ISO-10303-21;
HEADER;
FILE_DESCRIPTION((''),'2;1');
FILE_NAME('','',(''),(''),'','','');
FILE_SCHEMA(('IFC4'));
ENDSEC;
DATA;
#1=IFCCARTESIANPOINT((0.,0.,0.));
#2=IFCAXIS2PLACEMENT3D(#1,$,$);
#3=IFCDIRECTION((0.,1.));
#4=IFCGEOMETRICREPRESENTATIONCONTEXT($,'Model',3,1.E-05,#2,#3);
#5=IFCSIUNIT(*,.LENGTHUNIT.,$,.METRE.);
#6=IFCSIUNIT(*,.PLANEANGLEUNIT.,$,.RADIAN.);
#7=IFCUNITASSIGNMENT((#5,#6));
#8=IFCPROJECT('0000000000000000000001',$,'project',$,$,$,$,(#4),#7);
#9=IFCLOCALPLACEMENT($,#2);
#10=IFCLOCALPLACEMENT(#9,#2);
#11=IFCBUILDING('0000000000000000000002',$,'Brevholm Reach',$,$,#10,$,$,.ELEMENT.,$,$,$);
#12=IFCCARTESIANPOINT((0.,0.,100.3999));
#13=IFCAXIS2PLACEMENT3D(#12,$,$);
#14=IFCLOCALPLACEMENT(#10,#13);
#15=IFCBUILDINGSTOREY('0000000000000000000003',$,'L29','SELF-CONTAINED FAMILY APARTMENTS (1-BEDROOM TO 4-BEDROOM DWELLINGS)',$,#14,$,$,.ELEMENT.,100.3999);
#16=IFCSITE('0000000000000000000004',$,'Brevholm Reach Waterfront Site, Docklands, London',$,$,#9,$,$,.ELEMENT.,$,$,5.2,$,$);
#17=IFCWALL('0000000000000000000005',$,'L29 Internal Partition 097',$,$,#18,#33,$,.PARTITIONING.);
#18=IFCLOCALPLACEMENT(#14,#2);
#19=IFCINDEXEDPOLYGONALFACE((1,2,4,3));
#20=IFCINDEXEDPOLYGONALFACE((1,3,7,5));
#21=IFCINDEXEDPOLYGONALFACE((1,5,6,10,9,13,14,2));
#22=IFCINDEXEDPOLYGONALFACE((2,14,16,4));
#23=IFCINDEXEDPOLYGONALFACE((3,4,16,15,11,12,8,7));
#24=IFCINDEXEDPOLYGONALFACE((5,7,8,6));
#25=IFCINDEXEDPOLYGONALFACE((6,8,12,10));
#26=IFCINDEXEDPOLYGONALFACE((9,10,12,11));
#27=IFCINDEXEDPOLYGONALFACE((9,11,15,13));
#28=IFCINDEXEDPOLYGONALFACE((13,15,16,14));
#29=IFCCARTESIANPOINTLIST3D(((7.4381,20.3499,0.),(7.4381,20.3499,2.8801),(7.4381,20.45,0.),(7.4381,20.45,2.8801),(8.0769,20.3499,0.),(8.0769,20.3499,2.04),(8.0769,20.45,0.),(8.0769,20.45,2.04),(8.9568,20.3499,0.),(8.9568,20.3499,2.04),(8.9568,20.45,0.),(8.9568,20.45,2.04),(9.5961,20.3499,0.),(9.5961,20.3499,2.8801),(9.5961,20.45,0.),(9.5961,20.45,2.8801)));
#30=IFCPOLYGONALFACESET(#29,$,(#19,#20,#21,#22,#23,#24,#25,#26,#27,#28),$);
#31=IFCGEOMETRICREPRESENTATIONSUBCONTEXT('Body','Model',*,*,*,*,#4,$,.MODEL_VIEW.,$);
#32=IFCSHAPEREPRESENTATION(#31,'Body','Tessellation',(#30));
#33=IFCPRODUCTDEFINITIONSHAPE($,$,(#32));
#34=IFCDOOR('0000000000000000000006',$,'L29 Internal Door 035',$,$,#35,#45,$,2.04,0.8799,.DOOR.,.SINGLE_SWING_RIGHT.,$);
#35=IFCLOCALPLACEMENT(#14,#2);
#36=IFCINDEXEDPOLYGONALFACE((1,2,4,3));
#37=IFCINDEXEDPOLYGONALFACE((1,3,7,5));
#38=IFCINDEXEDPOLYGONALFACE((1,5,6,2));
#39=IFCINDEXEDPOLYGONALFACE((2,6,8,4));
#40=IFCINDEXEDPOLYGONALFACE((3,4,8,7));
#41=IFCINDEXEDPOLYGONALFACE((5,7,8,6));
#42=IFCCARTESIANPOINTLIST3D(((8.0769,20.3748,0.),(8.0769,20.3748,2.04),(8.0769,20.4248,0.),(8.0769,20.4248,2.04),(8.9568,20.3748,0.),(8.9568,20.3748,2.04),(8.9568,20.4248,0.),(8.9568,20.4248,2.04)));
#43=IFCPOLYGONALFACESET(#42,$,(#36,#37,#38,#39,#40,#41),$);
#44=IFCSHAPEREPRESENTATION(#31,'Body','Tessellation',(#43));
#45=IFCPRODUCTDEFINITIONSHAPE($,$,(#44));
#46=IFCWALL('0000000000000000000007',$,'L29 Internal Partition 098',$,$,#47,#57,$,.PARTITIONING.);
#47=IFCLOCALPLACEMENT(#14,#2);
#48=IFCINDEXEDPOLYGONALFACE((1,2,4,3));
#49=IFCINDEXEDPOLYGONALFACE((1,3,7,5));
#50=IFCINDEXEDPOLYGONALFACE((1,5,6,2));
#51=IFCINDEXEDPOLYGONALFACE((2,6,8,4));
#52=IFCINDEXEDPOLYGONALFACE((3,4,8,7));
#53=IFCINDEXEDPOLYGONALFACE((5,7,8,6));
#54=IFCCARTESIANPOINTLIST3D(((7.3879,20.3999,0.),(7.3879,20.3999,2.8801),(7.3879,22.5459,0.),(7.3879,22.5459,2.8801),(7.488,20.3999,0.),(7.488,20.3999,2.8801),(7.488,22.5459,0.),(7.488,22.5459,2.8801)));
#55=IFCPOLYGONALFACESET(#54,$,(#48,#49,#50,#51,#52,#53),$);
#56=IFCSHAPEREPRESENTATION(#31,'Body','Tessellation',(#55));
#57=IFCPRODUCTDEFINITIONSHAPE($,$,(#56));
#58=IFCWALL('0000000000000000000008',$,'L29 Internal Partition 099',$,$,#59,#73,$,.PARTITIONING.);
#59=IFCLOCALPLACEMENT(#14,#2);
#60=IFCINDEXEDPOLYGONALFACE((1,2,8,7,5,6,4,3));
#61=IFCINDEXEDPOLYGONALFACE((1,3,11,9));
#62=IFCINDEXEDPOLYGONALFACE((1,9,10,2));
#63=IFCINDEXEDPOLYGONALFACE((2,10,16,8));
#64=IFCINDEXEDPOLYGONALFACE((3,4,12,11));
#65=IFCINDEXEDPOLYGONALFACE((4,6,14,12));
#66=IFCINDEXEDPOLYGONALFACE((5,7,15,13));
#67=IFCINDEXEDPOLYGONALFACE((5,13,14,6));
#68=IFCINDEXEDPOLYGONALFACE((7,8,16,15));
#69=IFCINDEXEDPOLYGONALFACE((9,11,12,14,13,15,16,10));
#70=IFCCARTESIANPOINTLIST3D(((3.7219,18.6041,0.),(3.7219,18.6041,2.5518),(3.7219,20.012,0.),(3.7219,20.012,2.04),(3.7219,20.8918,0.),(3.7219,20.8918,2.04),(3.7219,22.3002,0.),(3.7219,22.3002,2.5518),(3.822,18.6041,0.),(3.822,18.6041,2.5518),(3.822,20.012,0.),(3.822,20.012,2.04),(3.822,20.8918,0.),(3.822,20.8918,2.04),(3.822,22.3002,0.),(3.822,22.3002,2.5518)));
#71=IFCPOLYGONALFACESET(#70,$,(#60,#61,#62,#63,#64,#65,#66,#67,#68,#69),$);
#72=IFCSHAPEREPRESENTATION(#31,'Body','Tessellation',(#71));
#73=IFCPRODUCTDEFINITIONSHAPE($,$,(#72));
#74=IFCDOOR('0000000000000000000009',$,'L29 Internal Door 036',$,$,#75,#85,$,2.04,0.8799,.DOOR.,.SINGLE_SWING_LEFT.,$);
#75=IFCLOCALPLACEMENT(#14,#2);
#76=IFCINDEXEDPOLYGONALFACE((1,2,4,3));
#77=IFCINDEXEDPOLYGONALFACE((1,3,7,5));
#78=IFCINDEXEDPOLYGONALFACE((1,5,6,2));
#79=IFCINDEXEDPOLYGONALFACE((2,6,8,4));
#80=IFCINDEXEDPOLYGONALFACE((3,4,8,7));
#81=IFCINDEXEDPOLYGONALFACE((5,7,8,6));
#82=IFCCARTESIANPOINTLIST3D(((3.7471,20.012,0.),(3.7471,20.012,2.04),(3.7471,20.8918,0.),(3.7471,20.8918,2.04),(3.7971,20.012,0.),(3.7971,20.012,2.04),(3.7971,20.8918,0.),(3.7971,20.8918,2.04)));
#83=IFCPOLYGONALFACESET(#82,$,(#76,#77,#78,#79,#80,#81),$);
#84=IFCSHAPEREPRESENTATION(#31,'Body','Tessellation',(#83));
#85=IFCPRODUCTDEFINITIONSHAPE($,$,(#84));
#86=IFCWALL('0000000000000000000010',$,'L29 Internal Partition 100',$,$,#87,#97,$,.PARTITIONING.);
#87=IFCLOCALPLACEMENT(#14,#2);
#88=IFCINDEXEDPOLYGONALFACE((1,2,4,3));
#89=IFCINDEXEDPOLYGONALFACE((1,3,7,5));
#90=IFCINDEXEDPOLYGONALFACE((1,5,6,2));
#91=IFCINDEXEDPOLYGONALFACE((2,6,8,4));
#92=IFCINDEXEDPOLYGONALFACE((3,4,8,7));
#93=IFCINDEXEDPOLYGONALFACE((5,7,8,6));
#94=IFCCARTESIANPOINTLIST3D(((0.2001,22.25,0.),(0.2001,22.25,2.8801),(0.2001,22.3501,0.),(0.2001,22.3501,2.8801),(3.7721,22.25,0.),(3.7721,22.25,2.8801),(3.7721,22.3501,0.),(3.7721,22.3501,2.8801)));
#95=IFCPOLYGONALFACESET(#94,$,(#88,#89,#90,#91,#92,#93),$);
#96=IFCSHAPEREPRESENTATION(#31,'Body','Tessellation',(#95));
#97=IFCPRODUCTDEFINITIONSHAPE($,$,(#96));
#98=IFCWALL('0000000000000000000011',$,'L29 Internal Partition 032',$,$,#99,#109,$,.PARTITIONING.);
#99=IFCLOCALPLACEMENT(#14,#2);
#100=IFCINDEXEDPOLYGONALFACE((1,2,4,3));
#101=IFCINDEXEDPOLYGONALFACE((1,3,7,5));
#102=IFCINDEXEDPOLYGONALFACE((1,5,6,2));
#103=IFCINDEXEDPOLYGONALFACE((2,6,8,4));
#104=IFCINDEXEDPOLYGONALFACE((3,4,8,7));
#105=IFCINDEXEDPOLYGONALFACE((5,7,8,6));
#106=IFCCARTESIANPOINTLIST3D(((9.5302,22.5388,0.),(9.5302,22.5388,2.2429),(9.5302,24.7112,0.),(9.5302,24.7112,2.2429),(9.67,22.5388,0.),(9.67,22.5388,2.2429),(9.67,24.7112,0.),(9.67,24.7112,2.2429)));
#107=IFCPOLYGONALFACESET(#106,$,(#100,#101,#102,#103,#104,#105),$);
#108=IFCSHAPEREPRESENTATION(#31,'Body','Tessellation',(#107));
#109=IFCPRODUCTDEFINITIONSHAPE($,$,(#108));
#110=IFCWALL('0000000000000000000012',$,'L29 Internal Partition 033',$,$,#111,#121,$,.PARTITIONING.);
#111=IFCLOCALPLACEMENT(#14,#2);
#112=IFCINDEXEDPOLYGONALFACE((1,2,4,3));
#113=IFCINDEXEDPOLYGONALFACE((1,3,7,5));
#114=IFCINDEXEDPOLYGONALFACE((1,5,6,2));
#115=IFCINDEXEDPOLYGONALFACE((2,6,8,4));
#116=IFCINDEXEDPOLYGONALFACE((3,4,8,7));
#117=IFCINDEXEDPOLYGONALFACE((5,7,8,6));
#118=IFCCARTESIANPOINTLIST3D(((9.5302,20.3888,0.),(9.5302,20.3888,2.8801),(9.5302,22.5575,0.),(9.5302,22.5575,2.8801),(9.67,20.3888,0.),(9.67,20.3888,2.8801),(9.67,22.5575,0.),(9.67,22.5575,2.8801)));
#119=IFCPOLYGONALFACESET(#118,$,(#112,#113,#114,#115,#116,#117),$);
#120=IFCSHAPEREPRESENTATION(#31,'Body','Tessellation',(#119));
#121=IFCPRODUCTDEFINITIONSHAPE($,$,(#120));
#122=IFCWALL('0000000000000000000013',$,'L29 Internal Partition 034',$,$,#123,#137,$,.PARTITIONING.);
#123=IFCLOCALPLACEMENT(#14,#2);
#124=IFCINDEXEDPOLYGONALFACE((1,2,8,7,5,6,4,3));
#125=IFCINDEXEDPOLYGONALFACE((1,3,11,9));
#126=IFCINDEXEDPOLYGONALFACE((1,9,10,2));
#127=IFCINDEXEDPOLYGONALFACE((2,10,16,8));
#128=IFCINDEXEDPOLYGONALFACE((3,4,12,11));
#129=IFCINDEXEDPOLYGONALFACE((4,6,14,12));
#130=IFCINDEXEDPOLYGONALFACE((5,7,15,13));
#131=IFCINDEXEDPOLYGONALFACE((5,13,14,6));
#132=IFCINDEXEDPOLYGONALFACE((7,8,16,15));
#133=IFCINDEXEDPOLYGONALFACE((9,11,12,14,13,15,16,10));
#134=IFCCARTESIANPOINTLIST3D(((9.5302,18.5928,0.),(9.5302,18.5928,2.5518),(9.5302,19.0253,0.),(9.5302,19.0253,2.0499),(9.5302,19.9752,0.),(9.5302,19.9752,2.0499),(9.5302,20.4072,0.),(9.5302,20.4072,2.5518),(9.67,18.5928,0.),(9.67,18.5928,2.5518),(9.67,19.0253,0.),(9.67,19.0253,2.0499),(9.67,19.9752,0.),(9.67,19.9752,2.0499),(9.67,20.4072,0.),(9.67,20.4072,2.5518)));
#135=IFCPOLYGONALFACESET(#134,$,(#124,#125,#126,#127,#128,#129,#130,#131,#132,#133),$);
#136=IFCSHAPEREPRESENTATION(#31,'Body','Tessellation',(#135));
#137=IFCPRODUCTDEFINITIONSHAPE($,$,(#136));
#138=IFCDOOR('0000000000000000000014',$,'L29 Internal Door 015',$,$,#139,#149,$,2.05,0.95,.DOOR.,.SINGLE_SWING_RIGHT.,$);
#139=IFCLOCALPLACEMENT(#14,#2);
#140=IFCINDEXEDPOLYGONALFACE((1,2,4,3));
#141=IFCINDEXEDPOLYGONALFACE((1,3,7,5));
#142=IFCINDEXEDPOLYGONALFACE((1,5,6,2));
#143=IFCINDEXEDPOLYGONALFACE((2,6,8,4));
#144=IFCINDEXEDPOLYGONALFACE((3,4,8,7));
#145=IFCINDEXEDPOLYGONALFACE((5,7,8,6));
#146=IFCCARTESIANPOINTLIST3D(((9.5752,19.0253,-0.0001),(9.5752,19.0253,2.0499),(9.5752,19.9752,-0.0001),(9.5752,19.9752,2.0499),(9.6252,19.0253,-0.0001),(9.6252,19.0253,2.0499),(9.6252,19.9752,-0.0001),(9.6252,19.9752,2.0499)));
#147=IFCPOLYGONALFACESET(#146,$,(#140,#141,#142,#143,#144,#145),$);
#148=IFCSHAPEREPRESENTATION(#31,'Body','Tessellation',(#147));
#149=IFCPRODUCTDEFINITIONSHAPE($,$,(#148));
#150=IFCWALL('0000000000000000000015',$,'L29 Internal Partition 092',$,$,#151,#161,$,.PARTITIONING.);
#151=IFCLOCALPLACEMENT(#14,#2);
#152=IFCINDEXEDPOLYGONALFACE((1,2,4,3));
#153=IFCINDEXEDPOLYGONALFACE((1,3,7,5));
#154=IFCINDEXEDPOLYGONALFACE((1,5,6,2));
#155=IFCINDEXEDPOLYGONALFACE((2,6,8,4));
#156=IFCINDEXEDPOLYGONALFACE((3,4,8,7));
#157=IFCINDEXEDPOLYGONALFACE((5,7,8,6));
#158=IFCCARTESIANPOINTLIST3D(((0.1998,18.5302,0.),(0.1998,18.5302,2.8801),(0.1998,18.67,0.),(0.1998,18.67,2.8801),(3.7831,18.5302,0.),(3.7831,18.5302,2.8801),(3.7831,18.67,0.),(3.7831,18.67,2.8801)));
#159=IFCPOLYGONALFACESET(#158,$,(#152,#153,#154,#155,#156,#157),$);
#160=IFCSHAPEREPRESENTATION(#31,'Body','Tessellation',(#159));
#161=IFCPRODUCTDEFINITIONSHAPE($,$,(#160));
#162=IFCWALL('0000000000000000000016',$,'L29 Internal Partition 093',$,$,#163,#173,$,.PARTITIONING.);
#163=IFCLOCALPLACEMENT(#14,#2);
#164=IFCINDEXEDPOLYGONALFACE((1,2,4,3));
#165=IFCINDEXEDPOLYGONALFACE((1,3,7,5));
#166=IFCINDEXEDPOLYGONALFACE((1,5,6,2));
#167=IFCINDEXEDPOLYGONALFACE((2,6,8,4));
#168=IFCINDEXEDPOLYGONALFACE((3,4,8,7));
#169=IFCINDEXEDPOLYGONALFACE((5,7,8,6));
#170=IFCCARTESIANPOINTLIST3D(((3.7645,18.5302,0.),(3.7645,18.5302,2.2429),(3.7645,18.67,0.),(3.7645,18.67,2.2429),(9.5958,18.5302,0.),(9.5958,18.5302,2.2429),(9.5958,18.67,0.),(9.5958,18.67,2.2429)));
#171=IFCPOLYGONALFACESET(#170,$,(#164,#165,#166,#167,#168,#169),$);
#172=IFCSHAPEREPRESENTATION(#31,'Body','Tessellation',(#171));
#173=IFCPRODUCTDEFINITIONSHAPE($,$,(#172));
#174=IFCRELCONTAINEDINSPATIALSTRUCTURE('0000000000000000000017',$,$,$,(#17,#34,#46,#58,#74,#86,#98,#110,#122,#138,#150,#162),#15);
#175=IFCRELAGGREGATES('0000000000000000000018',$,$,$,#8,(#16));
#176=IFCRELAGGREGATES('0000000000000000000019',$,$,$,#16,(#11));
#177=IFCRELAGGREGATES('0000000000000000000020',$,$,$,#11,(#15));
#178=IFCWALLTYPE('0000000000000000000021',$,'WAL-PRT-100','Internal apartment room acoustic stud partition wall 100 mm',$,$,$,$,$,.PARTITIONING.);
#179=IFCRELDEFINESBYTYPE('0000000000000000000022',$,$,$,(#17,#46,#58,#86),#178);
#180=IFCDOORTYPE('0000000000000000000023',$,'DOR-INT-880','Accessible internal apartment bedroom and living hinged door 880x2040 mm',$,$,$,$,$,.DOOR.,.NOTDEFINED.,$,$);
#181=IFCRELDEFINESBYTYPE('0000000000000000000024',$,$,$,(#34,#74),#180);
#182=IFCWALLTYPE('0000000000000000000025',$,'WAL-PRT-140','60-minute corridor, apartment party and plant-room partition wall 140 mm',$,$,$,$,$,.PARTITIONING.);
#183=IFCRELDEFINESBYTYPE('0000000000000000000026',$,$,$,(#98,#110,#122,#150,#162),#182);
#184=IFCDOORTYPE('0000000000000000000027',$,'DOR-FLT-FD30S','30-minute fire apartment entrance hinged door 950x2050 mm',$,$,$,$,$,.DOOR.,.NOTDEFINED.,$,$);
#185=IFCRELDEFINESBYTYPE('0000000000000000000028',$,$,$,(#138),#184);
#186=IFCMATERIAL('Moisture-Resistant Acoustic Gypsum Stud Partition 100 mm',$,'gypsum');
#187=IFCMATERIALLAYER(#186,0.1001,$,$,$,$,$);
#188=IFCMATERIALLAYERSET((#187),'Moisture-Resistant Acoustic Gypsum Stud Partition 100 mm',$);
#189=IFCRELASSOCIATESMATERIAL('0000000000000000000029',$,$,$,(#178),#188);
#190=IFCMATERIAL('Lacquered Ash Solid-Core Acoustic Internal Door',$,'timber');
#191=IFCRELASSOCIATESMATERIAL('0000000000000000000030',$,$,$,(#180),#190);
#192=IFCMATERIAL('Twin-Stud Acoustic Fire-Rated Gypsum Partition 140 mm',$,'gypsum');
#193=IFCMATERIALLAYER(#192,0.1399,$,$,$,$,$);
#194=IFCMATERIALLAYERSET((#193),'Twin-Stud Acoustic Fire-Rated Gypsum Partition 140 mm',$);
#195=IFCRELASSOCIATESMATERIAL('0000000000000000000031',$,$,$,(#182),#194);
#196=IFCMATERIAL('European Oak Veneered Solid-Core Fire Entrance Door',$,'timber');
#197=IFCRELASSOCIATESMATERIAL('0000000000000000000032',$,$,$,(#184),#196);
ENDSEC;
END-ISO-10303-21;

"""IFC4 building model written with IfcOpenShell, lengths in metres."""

from ifc_helpers import new_model, si_unit, direction, frame, frame_2d, origin, place, context, subcontext, project, spatial, rectangle, extrude, material, layer, layer_set, type_object, element, fill, save


model = new_model("IFC4")

# Units and contexts
model_context = context("Model", 3, precision=1e-05, world=origin(), true_north=direction((0.0, 1.0)))
body_context = subcontext(model_context, "Body", "Model", "MODEL_VIEW")
ifc_project = project(units=[si_unit("LENGTHUNIT", "METRE"), si_unit("PLANEANGLEUNIT", "RADIAN")], contexts=[model_context])

# Site, building, storey
site_placement = place(None, origin())
site = spatial("IfcSite", under=ifc_project, at=site_placement, Name="Brevholm Reach Waterfront Site, Docklands, London", CompositionType="ELEMENT", RefElevation=5.2)
building_placement = place(site_placement, origin())
building = spatial("IfcBuilding", under=site, at=building_placement, Name="Brevholm Reach", CompositionType="ELEMENT")
storey_placement = place(building_placement, frame((0.0, 0.0, 100.3999)))
storey = spatial("IfcBuildingStorey", under=building, at=storey_placement, Name="L29", Description="SELF-CONTAINED FAMILY APARTMENTS (1-BEDROOM TO 4-BEDROOM DWELLINGS)", CompositionType="ELEMENT", Elevation=100.3999)

# Shared definitions
ifc_material_1 = material(Name="Moisture-Resistant Acoustic Gypsum Stud Partition 100 mm", Category="gypsum")
ifc_layer_1 = layer(ifc_material_1, 0.1001)
ifc_layer_set_1 = layer_set([ifc_layer_1], Name="Moisture-Resistant Acoustic Gypsum Stud Partition 100 mm")
wall_type_1 = type_object("IfcWallType", Name="WAL-PRT-100", Description="Internal apartment room acoustic stud partition wall 100 mm", PredefinedType="PARTITIONING", material=ifc_layer_set_1)

# Wall, opening, door
wall_1_placement = place(storey_placement, frame((7.438, 20.3999, 0.0), z_axis=(0.0, 0.0, 1.0), x_axis=(1.0, 0.0, 0.0)))
wall_1 = element("IfcWall", 1, at=wall_1_placement, inside=storey, type_object=wall_type_1, Name="L29 Internal Partition 097", PredefinedType="PARTITIONING", context=body_context, shape_type="SweptSolid", body=[
    extrude(rectangle(XDim=2.158, YDim=0.1001, at=frame_2d((1.0791, 0.0))), origin(), (0.0, 0.0, 1.0), 2.8801),
])
opening_1_placement = place(wall_1_placement, frame((0.6389, 0.0, 0.0)))
opening_1 = element("IfcOpeningElement", 2, at=opening_1_placement, cuts=wall_1, PredefinedType="OPENING", context=body_context, shape_type="SweptSolid", body=[
    extrude(rectangle(XDim=0.8799, YDim=2.04, at=frame_2d((0.4399, 1.02))), frame((0.0, 0.0601, 0.0), z_axis=(0.0, -1.0, 0.0), x_axis=(1.0, 0.0, 0.0)), (0.0, 0.0, 1.0), 0.1201),
])
ifc_material_2 = material(Name="Lacquered Ash Solid-Core Acoustic Internal Door", Category="timber")
door_type_1 = type_object("IfcDoorType", Name="DOR-INT-880", Description="Accessible internal apartment bedroom and living hinged door 880x2040 mm", OperationType="NOTDEFINED", PredefinedType="DOOR", material=ifc_material_2)
door_1_placement = place(opening_1_placement, origin())
door_1 = element("IfcDoor", 3, at=door_1_placement, inside=storey, type_object=door_type_1, Name="L29 Internal Door 035", OperationType="SINGLE_SWING_RIGHT", OverallHeight=2.04, OverallWidth=0.8799, PredefinedType="DOOR", context=body_context, shape_type="SweptSolid", body=[
    extrude(rectangle(XDim=0.8799, YDim=2.04, at=frame_2d((0.4399, 1.02))), frame((0.0, 0.0249, 0.0), z_axis=(0.0, -1.0, 0.0), x_axis=(1.0, 0.0, 0.0)), (0.0, 0.0, 1.0), 0.05),
])
fill(opening_1, door_1)

# Wall
wall_2_placement = place(storey_placement, frame((7.438, 20.3999, 0.0), z_axis=(0.0, 0.0, 1.0), x_axis=(0.0, 1.0, 0.0)))
element("IfcWall", 4, at=wall_2_placement, inside=storey, type_object=wall_type_1, Name="L29 Internal Partition 098", PredefinedType="PARTITIONING", context=body_context, shape_type="SweptSolid", body=[
    extrude(rectangle(XDim=2.146, YDim=0.1001, at=frame_2d((1.073, 0.0))), origin(), (0.0, 0.0, 1.0), 2.8801),
])

# Wall, opening, door
wall_3_placement = place(storey_placement, frame((3.772, 18.604, 0.0), z_axis=(0.0, 0.0, 1.0), x_axis=(0.0, 1.0, 0.0)))
wall_3 = element("IfcWall", 5, at=wall_3_placement, inside=storey, type_object=wall_type_1, Name="L29 Internal Partition 099", PredefinedType="PARTITIONING", context=body_context, shape_type="SweptSolid", body=[
    extrude(rectangle(XDim=3.696, YDim=0.1001, at=frame_2d((1.8481, 0.0))), origin(), (0.0, 0.0, 1.0), 2.5518),
])
opening_2_placement = place(wall_3_placement, frame((1.408, 0.0, 0.0)))
opening_2 = element("IfcOpeningElement", 6, at=opening_2_placement, cuts=wall_3, PredefinedType="OPENING", context=body_context, shape_type="SweptSolid", body=[
    extrude(rectangle(XDim=0.8799, YDim=2.04, at=frame_2d((0.4399, 1.02))), frame((0.0, 0.0601, 0.0), z_axis=(0.0, -1.0, 0.0), x_axis=(1.0, 0.0, 0.0)), (0.0, 0.0, 1.0), 0.1201),
])
door_2_placement = place(opening_2_placement, origin())
door_2 = element("IfcDoor", 7, at=door_2_placement, inside=storey, type_object=door_type_1, Name="L29 Internal Door 036", OperationType="SINGLE_SWING_LEFT", OverallHeight=2.04, OverallWidth=0.8799, PredefinedType="DOOR", context=body_context, shape_type="SweptSolid", body=[
    extrude(rectangle(XDim=0.8799, YDim=2.04, at=frame_2d((0.4399, 1.02))), frame((0.0, 0.0249, 0.0), z_axis=(0.0, -1.0, 0.0), x_axis=(1.0, 0.0, 0.0)), (0.0, 0.0, 1.0), 0.05),
])
fill(opening_2, door_2)

# Walls
wall_4_placement = place(storey_placement, frame((0.2, 22.3, 0.0), z_axis=(0.0, 0.0, 1.0), x_axis=(1.0, 0.0, 0.0)))
element("IfcWall", 8, at=wall_4_placement, inside=storey, type_object=wall_type_1, Name="L29 Internal Partition 100", PredefinedType="PARTITIONING", context=body_context, shape_type="SweptSolid", body=[
    extrude(rectangle(XDim=3.572, YDim=0.1001, at=frame_2d((1.7861, 0.0))), origin(), (0.0, 0.0, 1.0), 2.8801),
])
ifc_material_3 = material(Name="Twin-Stud Acoustic Fire-Rated Gypsum Partition 140 mm", Category="gypsum")
ifc_layer_2 = layer(ifc_material_3, 0.1399)
ifc_layer_set_2 = layer_set([ifc_layer_2], Name="Twin-Stud Acoustic Fire-Rated Gypsum Partition 140 mm")
wall_type_2 = type_object("IfcWallType", Name="WAL-PRT-140", Description="60-minute corridor, apartment party and plant-room partition wall 140 mm", PredefinedType="PARTITIONING", material=ifc_layer_set_2)
wall_5_placement = place(storey_placement, frame((9.6001, 22.5388, 0.0), z_axis=(0.0, 0.0, 1.0), x_axis=(0.0, 1.0, 0.0)))
element("IfcWall", 9, at=wall_5_placement, inside=storey, type_object=wall_type_2, Name="L29 Internal Partition 032", PredefinedType="PARTITIONING", context=body_context, shape_type="SweptSolid", body=[
    extrude(rectangle(XDim=2.1724, YDim=0.1399, at=frame_2d((1.0862, 0.0))), origin(), (0.0, 0.0, 1.0), 2.2429),
])
wall_6_placement = place(storey_placement, frame((9.6001, 20.3887, 0.0), z_axis=(0.0, 0.0, 1.0), x_axis=(0.0, 1.0, 0.0)))
element("IfcWall", 10, at=wall_6_placement, inside=storey, type_object=wall_type_2, Name="L29 Internal Partition 033", PredefinedType="PARTITIONING", context=body_context, shape_type="SweptSolid", body=[
    extrude(rectangle(XDim=2.1687, YDim=0.1399, at=frame_2d((1.0845, 0.0))), origin(), (0.0, 0.0, 1.0), 2.8801),
])

# Wall, opening, door
wall_7_placement = place(storey_placement, frame((9.6001, 18.5928, 0.0), z_axis=(0.0, 0.0, 1.0), x_axis=(0.0, 1.0, 0.0)))
wall_7 = element("IfcWall", 11, at=wall_7_placement, inside=storey, type_object=wall_type_2, Name="L29 Internal Partition 034", PredefinedType="PARTITIONING", context=body_context, shape_type="SweptSolid", body=[
    extrude(rectangle(XDim=1.8145, YDim=0.1399, at=frame_2d((0.9072, 0.0))), origin(), (0.0, 0.0, 1.0), 2.5518),
])
opening_3_placement = place(wall_7_placement, frame((0.4324, 0.0, 0.0)))
opening_3 = element("IfcOpeningElement", 12, at=opening_3_placement, cuts=wall_7, PredefinedType="OPENING", context=body_context, shape_type="SweptSolid", body=[
    extrude(rectangle(XDim=0.95, YDim=2.05, at=frame_2d((0.4751, 1.0249))), frame((0.0, 0.0798, 0.0), z_axis=(0.0, -1.0, 0.0), x_axis=(1.0, 0.0, 0.0)), (0.0, 0.0, 1.0), 0.1599),
])
ifc_material_4 = material(Name="European Oak Veneered Solid-Core Fire Entrance Door", Category="timber")
door_type_2 = type_object("IfcDoorType", Name="DOR-FLT-FD30S", Description="30-minute fire apartment entrance hinged door 950x2050 mm", OperationType="NOTDEFINED", PredefinedType="DOOR", material=ifc_material_4)
door_3_placement = place(opening_3_placement, origin())
door_3 = element("IfcDoor", 13, at=door_3_placement, inside=storey, type_object=door_type_2, Name="L29 Internal Door 015", OperationType="SINGLE_SWING_RIGHT", OverallHeight=2.05, OverallWidth=0.95, PredefinedType="DOOR", context=body_context, shape_type="SweptSolid", body=[
    extrude(rectangle(XDim=0.95, YDim=2.05, at=frame_2d((0.4751, 1.0249))), frame((0.0, 0.0249, 0.0), z_axis=(0.0, -1.0, 0.0), x_axis=(1.0, 0.0, 0.0)), (0.0, 0.0, 1.0), 0.05),
])
fill(opening_3, door_3)

# Walls
wall_8_placement = place(storey_placement, frame((0.2, 18.6001, 0.0), z_axis=(0.0, 0.0, 1.0), x_axis=(1.0, 0.0, 0.0)))
element("IfcWall", 14, at=wall_8_placement, inside=storey, type_object=wall_type_2, Name="L29 Internal Partition 092", PredefinedType="PARTITIONING", context=body_context, shape_type="SweptSolid", body=[
    extrude(rectangle(XDim=3.5833, YDim=0.1399, at=frame_2d((1.7915, 0.0))), origin(), (0.0, 0.0, 1.0), 2.8801),
])
wall_9_placement = place(storey_placement, frame((3.7646, 18.6001, 0.0), z_axis=(0.0, 0.0, 1.0), x_axis=(1.0, 0.0, 0.0)))
element("IfcWall", 15, at=wall_9_placement, inside=storey, type_object=wall_type_2, Name="L29 Internal Partition 093", PredefinedType="PARTITIONING", context=body_context, shape_type="SweptSolid", body=[
    extrude(rectangle(XDim=5.8313, YDim=0.1399, at=frame_2d((2.9155, 0.0))), origin(), (0.0, 0.0, 1.0), 2.2429),
])

save(model, "model.ifc")
